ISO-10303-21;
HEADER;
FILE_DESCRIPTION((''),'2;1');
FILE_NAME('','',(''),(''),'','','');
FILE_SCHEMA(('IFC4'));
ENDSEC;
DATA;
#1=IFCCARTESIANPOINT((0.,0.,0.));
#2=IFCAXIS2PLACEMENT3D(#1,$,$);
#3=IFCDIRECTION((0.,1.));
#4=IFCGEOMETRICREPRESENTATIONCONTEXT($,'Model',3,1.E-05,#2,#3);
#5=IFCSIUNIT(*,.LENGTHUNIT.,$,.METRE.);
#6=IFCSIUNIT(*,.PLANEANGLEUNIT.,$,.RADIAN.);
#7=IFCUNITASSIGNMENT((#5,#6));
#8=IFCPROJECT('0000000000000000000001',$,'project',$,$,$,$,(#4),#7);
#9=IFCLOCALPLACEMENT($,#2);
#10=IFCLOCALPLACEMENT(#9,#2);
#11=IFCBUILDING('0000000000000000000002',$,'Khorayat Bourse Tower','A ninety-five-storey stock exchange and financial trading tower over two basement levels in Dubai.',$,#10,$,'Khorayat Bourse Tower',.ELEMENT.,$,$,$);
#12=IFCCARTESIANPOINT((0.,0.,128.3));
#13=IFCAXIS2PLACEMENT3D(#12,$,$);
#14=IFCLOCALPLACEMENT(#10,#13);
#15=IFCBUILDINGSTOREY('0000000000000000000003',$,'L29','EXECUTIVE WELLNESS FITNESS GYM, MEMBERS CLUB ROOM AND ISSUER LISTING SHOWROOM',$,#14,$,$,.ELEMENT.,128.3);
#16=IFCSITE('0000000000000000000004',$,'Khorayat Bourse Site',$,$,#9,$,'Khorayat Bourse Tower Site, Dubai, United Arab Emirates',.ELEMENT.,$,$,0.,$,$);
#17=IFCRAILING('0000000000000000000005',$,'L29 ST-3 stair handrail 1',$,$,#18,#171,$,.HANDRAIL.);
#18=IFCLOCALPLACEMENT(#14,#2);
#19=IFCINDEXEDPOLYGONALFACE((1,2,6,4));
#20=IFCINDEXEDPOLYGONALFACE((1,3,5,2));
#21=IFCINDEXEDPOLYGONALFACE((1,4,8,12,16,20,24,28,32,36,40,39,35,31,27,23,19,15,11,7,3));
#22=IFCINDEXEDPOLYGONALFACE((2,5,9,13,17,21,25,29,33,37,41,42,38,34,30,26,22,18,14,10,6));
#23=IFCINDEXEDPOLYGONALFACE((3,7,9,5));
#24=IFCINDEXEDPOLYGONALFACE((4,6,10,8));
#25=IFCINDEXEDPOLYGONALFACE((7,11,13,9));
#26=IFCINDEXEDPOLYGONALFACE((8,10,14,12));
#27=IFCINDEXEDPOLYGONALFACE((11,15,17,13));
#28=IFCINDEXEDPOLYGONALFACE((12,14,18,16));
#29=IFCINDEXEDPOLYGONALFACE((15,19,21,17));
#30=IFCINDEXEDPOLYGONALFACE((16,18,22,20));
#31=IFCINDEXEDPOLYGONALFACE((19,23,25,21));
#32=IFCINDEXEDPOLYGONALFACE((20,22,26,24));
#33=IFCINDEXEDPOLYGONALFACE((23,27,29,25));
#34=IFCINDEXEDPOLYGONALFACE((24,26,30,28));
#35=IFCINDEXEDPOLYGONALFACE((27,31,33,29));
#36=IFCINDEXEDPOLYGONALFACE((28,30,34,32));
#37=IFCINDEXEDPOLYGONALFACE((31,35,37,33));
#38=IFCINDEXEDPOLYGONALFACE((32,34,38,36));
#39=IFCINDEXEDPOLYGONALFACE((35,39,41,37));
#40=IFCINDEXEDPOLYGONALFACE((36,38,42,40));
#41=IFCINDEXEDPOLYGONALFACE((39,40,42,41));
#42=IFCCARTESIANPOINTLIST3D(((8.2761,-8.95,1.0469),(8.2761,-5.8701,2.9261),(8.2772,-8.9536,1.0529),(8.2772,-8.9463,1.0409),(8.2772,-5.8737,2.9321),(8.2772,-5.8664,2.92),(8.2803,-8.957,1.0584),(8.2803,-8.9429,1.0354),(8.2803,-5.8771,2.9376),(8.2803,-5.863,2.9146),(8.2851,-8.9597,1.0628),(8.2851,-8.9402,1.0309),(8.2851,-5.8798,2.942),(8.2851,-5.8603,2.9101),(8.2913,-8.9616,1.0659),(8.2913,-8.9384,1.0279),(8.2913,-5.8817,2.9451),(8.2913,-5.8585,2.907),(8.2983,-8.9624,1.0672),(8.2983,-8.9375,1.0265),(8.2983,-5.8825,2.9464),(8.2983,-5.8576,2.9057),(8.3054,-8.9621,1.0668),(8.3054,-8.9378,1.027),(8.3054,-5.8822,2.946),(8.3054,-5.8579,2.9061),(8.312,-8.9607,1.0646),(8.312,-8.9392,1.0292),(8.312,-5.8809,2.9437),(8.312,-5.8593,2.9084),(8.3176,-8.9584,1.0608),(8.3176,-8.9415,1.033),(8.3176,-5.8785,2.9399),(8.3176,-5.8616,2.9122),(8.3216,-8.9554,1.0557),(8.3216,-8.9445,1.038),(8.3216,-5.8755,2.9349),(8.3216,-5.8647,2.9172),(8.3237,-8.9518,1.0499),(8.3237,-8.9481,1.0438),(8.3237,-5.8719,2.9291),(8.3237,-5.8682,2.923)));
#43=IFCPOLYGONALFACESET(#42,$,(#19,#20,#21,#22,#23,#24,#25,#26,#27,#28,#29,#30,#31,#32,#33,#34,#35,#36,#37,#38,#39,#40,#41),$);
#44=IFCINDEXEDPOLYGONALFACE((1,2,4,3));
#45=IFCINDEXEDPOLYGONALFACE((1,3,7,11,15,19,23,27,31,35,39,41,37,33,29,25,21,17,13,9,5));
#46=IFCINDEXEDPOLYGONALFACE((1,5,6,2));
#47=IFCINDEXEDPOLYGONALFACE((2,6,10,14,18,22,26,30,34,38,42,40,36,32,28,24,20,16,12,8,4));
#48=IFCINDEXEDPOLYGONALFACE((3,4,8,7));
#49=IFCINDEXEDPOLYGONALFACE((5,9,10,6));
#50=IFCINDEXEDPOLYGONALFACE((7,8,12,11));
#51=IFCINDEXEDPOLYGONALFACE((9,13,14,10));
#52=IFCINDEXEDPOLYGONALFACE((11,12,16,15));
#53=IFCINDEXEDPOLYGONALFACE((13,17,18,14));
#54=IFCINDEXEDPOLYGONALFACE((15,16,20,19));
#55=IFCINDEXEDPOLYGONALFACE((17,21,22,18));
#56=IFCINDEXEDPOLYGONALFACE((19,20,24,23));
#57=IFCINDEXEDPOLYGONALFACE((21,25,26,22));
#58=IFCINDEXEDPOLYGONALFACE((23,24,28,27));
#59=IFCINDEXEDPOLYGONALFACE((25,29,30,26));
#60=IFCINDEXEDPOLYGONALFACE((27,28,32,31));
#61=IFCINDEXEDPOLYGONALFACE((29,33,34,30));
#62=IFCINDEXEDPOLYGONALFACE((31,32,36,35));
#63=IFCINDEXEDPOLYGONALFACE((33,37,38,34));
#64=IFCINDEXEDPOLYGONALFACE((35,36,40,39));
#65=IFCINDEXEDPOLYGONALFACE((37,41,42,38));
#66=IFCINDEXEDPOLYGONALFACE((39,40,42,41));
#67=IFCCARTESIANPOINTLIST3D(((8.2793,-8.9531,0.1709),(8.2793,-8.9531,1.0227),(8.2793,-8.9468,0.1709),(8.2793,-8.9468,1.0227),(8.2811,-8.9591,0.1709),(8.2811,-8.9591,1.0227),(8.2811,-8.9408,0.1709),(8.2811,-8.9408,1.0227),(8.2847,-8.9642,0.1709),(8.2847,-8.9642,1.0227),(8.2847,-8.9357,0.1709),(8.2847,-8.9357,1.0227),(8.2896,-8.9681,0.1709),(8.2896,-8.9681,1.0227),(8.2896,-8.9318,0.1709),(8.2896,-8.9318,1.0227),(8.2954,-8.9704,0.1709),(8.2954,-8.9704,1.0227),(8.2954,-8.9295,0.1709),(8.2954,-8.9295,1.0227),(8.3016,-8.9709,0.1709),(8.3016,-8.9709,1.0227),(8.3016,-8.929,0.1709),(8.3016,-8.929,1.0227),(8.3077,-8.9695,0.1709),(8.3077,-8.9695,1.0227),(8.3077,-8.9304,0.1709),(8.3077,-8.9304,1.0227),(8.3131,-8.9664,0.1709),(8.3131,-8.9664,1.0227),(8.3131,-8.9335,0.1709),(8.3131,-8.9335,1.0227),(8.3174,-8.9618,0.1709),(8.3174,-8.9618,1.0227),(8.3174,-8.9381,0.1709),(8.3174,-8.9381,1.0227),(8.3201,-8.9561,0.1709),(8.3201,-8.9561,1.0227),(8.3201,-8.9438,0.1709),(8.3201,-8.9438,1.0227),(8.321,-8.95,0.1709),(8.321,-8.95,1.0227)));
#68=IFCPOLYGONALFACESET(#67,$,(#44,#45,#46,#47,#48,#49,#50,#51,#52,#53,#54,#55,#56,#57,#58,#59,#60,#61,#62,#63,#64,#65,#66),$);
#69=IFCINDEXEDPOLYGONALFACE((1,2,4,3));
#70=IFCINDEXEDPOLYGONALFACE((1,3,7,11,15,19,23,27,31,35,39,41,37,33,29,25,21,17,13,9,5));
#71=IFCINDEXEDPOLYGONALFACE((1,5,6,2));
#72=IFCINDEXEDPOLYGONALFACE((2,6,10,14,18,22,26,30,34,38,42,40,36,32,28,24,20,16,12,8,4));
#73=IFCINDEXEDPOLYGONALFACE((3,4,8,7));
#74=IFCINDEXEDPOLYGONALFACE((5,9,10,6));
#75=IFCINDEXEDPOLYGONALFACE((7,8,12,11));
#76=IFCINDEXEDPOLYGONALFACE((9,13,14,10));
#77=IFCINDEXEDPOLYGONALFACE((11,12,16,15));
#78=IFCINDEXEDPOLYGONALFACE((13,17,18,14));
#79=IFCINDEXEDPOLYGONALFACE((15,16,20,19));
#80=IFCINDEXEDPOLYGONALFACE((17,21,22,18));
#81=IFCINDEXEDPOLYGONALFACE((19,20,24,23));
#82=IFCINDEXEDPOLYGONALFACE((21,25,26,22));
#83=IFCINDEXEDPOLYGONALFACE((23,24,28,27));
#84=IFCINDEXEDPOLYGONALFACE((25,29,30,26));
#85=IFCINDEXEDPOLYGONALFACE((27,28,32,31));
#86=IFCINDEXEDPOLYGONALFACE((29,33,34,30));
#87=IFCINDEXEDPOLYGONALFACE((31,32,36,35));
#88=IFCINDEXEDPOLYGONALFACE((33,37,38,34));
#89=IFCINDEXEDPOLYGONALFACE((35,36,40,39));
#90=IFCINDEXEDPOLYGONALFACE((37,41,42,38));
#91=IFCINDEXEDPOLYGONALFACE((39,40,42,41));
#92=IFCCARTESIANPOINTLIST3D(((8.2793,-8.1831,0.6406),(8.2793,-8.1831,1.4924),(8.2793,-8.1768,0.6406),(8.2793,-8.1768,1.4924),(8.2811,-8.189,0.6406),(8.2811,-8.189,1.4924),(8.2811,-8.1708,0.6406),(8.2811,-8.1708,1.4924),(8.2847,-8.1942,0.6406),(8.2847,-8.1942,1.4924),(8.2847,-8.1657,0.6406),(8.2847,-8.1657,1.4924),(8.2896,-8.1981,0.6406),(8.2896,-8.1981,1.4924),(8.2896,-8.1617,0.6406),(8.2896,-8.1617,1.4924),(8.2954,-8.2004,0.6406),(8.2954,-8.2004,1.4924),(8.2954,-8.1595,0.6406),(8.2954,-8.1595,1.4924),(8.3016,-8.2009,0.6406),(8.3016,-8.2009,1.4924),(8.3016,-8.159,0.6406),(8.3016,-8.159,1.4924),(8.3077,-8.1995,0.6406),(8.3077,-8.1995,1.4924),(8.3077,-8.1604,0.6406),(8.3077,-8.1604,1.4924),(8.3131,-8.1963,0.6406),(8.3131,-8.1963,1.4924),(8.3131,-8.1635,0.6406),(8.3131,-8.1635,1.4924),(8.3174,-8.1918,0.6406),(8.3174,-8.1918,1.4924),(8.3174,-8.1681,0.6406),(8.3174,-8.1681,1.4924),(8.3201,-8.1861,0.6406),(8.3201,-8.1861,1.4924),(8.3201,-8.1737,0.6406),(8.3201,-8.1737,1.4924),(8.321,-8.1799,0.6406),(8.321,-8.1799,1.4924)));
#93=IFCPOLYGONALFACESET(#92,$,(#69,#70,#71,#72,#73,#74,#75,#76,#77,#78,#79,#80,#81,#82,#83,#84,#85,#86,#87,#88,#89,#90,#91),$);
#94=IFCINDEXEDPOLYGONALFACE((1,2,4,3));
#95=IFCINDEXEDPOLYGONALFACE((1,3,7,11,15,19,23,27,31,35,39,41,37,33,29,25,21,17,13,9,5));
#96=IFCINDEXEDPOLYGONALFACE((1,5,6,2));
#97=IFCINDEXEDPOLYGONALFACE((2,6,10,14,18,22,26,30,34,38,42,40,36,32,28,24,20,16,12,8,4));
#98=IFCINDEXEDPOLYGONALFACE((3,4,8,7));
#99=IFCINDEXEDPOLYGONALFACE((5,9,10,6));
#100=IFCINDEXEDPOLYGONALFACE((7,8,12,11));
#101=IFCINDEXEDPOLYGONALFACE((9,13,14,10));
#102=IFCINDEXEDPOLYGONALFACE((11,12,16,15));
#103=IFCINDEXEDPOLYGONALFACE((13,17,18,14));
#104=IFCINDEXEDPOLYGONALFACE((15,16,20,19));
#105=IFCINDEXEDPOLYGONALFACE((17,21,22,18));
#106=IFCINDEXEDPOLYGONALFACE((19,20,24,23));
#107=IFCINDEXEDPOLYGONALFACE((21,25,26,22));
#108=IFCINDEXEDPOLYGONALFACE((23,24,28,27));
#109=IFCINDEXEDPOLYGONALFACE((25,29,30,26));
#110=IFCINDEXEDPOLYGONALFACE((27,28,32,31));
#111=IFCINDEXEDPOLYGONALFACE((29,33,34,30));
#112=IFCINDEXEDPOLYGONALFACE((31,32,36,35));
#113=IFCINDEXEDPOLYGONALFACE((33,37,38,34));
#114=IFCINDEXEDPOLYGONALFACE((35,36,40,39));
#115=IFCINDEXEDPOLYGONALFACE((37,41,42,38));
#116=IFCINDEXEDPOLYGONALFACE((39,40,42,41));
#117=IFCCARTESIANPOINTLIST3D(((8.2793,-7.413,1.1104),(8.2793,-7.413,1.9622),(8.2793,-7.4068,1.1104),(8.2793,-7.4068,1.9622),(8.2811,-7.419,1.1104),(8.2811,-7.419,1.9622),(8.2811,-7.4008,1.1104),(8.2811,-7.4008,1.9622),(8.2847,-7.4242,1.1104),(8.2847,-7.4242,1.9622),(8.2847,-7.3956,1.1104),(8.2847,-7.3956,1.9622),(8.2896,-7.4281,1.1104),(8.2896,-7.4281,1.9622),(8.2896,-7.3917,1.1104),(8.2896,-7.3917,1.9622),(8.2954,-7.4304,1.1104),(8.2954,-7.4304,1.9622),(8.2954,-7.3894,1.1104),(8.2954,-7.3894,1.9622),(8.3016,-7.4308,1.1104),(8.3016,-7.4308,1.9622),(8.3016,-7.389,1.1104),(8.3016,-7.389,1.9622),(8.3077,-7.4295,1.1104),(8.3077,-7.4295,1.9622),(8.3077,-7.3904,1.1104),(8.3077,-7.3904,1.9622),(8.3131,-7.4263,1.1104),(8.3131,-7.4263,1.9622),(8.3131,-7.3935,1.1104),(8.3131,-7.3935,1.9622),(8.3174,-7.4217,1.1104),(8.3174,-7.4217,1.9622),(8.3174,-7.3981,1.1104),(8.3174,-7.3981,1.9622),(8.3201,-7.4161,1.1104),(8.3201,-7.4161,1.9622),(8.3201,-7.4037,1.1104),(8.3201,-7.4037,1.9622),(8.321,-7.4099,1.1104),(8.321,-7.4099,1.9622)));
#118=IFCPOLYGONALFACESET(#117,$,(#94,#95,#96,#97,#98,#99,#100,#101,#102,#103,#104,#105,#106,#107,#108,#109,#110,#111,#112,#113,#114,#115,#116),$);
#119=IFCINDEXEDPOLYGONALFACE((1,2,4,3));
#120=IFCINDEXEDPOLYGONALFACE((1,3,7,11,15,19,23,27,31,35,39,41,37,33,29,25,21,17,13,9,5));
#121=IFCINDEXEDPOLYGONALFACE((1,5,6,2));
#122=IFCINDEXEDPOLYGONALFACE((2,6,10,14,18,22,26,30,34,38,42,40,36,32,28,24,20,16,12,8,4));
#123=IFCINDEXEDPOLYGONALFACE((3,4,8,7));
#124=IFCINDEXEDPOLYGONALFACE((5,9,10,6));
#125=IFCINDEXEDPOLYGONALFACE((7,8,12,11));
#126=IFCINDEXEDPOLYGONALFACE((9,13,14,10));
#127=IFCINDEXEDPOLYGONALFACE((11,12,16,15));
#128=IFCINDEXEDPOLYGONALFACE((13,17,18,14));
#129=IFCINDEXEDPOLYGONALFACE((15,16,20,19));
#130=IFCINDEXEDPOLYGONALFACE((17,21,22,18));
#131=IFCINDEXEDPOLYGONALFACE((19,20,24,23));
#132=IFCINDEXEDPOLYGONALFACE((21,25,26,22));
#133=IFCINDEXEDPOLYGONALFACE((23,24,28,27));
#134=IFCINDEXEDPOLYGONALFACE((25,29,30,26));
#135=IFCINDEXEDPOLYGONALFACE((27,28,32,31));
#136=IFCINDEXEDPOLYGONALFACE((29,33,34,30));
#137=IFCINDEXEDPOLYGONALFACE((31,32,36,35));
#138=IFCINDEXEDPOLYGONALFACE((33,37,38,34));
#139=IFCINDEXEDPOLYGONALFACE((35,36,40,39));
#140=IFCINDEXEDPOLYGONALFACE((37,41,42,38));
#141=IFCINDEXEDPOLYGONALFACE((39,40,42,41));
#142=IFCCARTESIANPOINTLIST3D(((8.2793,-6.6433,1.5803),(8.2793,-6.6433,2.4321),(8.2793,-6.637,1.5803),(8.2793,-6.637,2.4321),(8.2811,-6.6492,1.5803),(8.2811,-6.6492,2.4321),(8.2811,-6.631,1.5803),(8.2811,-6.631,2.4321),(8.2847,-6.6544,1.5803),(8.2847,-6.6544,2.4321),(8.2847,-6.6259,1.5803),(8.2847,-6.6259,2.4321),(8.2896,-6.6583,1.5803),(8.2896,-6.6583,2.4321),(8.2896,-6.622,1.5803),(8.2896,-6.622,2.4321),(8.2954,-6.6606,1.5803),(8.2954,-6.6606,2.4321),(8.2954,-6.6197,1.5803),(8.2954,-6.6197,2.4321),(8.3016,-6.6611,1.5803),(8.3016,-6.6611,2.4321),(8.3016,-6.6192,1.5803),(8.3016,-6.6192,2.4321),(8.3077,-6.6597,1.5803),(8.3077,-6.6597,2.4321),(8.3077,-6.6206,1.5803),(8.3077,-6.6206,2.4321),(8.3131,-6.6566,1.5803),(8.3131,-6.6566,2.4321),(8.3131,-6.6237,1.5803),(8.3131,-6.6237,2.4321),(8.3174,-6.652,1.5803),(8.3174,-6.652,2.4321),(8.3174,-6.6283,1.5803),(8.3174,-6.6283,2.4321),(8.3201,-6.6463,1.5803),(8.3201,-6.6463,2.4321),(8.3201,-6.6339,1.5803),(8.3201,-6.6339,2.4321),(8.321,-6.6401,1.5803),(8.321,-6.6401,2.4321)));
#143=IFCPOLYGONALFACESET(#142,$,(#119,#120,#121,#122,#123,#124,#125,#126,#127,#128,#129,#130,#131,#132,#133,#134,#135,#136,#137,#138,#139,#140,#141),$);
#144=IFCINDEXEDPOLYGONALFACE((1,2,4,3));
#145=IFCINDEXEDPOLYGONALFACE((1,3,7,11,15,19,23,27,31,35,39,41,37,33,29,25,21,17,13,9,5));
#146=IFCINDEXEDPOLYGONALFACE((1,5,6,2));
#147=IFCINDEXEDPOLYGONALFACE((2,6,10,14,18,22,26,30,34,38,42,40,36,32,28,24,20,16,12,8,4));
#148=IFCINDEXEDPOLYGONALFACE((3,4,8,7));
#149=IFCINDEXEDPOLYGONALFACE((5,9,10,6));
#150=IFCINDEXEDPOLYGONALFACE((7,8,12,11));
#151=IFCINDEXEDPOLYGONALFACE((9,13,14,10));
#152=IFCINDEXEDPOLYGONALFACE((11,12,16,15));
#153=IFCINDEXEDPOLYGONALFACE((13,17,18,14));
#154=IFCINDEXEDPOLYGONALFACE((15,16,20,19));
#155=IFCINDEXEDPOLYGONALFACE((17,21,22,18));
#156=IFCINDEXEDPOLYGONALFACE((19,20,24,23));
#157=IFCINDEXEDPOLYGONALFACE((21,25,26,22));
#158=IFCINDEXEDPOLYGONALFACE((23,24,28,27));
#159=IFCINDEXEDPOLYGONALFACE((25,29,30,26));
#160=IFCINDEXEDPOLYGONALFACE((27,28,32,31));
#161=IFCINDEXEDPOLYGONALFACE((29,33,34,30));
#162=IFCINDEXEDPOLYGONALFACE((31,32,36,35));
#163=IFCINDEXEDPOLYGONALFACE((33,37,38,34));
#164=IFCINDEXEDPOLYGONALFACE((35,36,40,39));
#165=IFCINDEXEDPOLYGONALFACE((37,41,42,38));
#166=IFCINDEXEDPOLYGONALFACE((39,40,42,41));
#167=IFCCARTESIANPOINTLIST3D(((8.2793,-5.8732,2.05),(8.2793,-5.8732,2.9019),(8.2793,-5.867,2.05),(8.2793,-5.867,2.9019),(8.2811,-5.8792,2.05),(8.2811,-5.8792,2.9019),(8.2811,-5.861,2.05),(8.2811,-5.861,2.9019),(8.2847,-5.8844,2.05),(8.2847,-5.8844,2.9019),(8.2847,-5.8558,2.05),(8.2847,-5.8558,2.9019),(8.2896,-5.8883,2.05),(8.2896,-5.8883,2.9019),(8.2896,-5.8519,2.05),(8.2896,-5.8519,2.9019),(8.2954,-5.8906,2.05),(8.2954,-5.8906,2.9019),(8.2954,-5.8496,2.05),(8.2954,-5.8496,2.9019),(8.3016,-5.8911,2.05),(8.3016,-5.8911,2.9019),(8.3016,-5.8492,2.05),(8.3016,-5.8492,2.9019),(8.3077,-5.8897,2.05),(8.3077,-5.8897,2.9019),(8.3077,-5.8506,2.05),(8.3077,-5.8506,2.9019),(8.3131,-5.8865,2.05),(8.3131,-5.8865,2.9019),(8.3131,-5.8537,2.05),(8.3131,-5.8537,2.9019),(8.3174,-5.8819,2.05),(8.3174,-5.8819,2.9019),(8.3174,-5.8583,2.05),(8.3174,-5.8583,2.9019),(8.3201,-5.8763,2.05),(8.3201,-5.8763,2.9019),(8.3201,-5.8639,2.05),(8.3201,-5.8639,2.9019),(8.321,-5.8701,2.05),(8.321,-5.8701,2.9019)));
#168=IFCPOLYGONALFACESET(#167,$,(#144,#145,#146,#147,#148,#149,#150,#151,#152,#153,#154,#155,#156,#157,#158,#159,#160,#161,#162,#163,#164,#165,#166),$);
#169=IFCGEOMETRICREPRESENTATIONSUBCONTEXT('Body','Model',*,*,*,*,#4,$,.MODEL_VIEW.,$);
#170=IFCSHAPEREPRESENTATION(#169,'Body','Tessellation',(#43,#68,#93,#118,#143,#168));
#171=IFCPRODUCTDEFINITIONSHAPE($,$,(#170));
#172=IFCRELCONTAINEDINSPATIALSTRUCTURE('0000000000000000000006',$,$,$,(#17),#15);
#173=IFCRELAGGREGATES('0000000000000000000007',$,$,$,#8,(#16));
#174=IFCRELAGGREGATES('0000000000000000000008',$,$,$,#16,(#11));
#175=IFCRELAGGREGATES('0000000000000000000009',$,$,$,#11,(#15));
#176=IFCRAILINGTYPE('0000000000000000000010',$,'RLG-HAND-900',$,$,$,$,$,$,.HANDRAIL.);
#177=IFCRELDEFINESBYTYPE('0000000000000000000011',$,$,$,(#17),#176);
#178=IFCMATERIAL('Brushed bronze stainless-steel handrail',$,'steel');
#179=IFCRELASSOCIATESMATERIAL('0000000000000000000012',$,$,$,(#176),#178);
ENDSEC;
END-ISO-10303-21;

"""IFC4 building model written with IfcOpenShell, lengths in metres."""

from ifc_helpers import new_model, si_unit, direction, frame, origin, origin_2d, place, context, subcontext, project, spatial, circle, extrude, source, transform, mapped, material, type_object, element, save


model = new_model("IFC4")

# Units and contexts
model_context = context("Model", 3, precision=1e-05, world=origin(), true_north=direction((0.0, 1.0)))
body_context = subcontext(model_context, "Body", "Model", "MODEL_VIEW")
ifc_project = project(units=[si_unit("LENGTHUNIT", "METRE"), si_unit("PLANEANGLEUNIT", "RADIAN")], contexts=[model_context])

# Site, building, storey
site_placement = place(None, origin())
site = spatial("IfcSite", under=ifc_project, at=site_placement, Name="Khorayat Bourse Site", LongName="Khorayat Bourse Tower Site, Dubai, United Arab Emirates", CompositionType="ELEMENT", RefElevation=0.0)
building_placement = place(site_placement, origin())
building = spatial("IfcBuilding", under=site, at=building_placement, Name="Khorayat Bourse Tower", Description="A ninety-five-storey stock exchange and financial trading tower over two basement levels in Dubai.", LongName="Khorayat Bourse Tower", CompositionType="ELEMENT")
storey_placement = place(building_placement, frame((0.0, 0.0, 128.3)))
storey = spatial("IfcBuildingStorey", under=building, at=storey_placement, Name="L29", Description="EXECUTIVE WELLNESS FITNESS GYM, MEMBERS CLUB ROOM AND ISSUER LISTING SHOWROOM", CompositionType="ELEMENT", Elevation=128.3)

# Railing
ifc_material_1 = material(Name="Brushed bronze stainless-steel handrail", Category="steel")
railing_type_1 = type_object("IfcRailingType", Name="RLG-HAND-900", PredefinedType="HANDRAIL", material=ifc_material_1)
shared_shape_1 = source(origin(), body_context, "Body", "SweptSolid", [
    extrude(circle(Radius=0.0239, at=origin_2d()), frame((0.0, 0.0, 0.876), z_axis=(0.0, 0.853648, 0.52085), x_axis=(-1.0, 0.0, 0.0)), (0.0, 0.0, 1.0), 3.6079),
    extrude(circle(Radius=0.021, at=origin_2d()), origin(), (0.0, 0.0, 1.0), 0.8518),
    extrude(circle(Radius=0.021, at=origin_2d()), frame((0.0, 0.77, 0.4697)), (0.0, 0.0, 1.0), 0.8518),
    extrude(circle(Radius=0.021, at=origin_2d()), frame((0.0, 1.54, 0.9395)), (0.0, 0.0, 1.0), 0.8518),
    extrude(circle(Radius=0.021, at=origin_2d()), frame((0.0, 2.3098, 1.4094)), (0.0, 0.0, 1.0), 0.8518),
    extrude(circle(Radius=0.021, at=origin_2d()), frame((0.0, 3.0798, 1.8792)), (0.0, 0.0, 1.0), 0.8518),
])
railing_1_placement = place(storey_placement, frame((8.3, -8.95, 0.1709)))
element("IfcRailing", 1, at=railing_1_placement, inside=storey, type_object=railing_type_1, Name="L29 ST-3 stair handrail 1", PredefinedType="HANDRAIL", context=body_context, shape_type="MappedRepresentation", body=[
    mapped(shared_shape_1, transform((0.0, 0.0, 0.0), scale=1.0)),
])

save(model, "model.ifc")
